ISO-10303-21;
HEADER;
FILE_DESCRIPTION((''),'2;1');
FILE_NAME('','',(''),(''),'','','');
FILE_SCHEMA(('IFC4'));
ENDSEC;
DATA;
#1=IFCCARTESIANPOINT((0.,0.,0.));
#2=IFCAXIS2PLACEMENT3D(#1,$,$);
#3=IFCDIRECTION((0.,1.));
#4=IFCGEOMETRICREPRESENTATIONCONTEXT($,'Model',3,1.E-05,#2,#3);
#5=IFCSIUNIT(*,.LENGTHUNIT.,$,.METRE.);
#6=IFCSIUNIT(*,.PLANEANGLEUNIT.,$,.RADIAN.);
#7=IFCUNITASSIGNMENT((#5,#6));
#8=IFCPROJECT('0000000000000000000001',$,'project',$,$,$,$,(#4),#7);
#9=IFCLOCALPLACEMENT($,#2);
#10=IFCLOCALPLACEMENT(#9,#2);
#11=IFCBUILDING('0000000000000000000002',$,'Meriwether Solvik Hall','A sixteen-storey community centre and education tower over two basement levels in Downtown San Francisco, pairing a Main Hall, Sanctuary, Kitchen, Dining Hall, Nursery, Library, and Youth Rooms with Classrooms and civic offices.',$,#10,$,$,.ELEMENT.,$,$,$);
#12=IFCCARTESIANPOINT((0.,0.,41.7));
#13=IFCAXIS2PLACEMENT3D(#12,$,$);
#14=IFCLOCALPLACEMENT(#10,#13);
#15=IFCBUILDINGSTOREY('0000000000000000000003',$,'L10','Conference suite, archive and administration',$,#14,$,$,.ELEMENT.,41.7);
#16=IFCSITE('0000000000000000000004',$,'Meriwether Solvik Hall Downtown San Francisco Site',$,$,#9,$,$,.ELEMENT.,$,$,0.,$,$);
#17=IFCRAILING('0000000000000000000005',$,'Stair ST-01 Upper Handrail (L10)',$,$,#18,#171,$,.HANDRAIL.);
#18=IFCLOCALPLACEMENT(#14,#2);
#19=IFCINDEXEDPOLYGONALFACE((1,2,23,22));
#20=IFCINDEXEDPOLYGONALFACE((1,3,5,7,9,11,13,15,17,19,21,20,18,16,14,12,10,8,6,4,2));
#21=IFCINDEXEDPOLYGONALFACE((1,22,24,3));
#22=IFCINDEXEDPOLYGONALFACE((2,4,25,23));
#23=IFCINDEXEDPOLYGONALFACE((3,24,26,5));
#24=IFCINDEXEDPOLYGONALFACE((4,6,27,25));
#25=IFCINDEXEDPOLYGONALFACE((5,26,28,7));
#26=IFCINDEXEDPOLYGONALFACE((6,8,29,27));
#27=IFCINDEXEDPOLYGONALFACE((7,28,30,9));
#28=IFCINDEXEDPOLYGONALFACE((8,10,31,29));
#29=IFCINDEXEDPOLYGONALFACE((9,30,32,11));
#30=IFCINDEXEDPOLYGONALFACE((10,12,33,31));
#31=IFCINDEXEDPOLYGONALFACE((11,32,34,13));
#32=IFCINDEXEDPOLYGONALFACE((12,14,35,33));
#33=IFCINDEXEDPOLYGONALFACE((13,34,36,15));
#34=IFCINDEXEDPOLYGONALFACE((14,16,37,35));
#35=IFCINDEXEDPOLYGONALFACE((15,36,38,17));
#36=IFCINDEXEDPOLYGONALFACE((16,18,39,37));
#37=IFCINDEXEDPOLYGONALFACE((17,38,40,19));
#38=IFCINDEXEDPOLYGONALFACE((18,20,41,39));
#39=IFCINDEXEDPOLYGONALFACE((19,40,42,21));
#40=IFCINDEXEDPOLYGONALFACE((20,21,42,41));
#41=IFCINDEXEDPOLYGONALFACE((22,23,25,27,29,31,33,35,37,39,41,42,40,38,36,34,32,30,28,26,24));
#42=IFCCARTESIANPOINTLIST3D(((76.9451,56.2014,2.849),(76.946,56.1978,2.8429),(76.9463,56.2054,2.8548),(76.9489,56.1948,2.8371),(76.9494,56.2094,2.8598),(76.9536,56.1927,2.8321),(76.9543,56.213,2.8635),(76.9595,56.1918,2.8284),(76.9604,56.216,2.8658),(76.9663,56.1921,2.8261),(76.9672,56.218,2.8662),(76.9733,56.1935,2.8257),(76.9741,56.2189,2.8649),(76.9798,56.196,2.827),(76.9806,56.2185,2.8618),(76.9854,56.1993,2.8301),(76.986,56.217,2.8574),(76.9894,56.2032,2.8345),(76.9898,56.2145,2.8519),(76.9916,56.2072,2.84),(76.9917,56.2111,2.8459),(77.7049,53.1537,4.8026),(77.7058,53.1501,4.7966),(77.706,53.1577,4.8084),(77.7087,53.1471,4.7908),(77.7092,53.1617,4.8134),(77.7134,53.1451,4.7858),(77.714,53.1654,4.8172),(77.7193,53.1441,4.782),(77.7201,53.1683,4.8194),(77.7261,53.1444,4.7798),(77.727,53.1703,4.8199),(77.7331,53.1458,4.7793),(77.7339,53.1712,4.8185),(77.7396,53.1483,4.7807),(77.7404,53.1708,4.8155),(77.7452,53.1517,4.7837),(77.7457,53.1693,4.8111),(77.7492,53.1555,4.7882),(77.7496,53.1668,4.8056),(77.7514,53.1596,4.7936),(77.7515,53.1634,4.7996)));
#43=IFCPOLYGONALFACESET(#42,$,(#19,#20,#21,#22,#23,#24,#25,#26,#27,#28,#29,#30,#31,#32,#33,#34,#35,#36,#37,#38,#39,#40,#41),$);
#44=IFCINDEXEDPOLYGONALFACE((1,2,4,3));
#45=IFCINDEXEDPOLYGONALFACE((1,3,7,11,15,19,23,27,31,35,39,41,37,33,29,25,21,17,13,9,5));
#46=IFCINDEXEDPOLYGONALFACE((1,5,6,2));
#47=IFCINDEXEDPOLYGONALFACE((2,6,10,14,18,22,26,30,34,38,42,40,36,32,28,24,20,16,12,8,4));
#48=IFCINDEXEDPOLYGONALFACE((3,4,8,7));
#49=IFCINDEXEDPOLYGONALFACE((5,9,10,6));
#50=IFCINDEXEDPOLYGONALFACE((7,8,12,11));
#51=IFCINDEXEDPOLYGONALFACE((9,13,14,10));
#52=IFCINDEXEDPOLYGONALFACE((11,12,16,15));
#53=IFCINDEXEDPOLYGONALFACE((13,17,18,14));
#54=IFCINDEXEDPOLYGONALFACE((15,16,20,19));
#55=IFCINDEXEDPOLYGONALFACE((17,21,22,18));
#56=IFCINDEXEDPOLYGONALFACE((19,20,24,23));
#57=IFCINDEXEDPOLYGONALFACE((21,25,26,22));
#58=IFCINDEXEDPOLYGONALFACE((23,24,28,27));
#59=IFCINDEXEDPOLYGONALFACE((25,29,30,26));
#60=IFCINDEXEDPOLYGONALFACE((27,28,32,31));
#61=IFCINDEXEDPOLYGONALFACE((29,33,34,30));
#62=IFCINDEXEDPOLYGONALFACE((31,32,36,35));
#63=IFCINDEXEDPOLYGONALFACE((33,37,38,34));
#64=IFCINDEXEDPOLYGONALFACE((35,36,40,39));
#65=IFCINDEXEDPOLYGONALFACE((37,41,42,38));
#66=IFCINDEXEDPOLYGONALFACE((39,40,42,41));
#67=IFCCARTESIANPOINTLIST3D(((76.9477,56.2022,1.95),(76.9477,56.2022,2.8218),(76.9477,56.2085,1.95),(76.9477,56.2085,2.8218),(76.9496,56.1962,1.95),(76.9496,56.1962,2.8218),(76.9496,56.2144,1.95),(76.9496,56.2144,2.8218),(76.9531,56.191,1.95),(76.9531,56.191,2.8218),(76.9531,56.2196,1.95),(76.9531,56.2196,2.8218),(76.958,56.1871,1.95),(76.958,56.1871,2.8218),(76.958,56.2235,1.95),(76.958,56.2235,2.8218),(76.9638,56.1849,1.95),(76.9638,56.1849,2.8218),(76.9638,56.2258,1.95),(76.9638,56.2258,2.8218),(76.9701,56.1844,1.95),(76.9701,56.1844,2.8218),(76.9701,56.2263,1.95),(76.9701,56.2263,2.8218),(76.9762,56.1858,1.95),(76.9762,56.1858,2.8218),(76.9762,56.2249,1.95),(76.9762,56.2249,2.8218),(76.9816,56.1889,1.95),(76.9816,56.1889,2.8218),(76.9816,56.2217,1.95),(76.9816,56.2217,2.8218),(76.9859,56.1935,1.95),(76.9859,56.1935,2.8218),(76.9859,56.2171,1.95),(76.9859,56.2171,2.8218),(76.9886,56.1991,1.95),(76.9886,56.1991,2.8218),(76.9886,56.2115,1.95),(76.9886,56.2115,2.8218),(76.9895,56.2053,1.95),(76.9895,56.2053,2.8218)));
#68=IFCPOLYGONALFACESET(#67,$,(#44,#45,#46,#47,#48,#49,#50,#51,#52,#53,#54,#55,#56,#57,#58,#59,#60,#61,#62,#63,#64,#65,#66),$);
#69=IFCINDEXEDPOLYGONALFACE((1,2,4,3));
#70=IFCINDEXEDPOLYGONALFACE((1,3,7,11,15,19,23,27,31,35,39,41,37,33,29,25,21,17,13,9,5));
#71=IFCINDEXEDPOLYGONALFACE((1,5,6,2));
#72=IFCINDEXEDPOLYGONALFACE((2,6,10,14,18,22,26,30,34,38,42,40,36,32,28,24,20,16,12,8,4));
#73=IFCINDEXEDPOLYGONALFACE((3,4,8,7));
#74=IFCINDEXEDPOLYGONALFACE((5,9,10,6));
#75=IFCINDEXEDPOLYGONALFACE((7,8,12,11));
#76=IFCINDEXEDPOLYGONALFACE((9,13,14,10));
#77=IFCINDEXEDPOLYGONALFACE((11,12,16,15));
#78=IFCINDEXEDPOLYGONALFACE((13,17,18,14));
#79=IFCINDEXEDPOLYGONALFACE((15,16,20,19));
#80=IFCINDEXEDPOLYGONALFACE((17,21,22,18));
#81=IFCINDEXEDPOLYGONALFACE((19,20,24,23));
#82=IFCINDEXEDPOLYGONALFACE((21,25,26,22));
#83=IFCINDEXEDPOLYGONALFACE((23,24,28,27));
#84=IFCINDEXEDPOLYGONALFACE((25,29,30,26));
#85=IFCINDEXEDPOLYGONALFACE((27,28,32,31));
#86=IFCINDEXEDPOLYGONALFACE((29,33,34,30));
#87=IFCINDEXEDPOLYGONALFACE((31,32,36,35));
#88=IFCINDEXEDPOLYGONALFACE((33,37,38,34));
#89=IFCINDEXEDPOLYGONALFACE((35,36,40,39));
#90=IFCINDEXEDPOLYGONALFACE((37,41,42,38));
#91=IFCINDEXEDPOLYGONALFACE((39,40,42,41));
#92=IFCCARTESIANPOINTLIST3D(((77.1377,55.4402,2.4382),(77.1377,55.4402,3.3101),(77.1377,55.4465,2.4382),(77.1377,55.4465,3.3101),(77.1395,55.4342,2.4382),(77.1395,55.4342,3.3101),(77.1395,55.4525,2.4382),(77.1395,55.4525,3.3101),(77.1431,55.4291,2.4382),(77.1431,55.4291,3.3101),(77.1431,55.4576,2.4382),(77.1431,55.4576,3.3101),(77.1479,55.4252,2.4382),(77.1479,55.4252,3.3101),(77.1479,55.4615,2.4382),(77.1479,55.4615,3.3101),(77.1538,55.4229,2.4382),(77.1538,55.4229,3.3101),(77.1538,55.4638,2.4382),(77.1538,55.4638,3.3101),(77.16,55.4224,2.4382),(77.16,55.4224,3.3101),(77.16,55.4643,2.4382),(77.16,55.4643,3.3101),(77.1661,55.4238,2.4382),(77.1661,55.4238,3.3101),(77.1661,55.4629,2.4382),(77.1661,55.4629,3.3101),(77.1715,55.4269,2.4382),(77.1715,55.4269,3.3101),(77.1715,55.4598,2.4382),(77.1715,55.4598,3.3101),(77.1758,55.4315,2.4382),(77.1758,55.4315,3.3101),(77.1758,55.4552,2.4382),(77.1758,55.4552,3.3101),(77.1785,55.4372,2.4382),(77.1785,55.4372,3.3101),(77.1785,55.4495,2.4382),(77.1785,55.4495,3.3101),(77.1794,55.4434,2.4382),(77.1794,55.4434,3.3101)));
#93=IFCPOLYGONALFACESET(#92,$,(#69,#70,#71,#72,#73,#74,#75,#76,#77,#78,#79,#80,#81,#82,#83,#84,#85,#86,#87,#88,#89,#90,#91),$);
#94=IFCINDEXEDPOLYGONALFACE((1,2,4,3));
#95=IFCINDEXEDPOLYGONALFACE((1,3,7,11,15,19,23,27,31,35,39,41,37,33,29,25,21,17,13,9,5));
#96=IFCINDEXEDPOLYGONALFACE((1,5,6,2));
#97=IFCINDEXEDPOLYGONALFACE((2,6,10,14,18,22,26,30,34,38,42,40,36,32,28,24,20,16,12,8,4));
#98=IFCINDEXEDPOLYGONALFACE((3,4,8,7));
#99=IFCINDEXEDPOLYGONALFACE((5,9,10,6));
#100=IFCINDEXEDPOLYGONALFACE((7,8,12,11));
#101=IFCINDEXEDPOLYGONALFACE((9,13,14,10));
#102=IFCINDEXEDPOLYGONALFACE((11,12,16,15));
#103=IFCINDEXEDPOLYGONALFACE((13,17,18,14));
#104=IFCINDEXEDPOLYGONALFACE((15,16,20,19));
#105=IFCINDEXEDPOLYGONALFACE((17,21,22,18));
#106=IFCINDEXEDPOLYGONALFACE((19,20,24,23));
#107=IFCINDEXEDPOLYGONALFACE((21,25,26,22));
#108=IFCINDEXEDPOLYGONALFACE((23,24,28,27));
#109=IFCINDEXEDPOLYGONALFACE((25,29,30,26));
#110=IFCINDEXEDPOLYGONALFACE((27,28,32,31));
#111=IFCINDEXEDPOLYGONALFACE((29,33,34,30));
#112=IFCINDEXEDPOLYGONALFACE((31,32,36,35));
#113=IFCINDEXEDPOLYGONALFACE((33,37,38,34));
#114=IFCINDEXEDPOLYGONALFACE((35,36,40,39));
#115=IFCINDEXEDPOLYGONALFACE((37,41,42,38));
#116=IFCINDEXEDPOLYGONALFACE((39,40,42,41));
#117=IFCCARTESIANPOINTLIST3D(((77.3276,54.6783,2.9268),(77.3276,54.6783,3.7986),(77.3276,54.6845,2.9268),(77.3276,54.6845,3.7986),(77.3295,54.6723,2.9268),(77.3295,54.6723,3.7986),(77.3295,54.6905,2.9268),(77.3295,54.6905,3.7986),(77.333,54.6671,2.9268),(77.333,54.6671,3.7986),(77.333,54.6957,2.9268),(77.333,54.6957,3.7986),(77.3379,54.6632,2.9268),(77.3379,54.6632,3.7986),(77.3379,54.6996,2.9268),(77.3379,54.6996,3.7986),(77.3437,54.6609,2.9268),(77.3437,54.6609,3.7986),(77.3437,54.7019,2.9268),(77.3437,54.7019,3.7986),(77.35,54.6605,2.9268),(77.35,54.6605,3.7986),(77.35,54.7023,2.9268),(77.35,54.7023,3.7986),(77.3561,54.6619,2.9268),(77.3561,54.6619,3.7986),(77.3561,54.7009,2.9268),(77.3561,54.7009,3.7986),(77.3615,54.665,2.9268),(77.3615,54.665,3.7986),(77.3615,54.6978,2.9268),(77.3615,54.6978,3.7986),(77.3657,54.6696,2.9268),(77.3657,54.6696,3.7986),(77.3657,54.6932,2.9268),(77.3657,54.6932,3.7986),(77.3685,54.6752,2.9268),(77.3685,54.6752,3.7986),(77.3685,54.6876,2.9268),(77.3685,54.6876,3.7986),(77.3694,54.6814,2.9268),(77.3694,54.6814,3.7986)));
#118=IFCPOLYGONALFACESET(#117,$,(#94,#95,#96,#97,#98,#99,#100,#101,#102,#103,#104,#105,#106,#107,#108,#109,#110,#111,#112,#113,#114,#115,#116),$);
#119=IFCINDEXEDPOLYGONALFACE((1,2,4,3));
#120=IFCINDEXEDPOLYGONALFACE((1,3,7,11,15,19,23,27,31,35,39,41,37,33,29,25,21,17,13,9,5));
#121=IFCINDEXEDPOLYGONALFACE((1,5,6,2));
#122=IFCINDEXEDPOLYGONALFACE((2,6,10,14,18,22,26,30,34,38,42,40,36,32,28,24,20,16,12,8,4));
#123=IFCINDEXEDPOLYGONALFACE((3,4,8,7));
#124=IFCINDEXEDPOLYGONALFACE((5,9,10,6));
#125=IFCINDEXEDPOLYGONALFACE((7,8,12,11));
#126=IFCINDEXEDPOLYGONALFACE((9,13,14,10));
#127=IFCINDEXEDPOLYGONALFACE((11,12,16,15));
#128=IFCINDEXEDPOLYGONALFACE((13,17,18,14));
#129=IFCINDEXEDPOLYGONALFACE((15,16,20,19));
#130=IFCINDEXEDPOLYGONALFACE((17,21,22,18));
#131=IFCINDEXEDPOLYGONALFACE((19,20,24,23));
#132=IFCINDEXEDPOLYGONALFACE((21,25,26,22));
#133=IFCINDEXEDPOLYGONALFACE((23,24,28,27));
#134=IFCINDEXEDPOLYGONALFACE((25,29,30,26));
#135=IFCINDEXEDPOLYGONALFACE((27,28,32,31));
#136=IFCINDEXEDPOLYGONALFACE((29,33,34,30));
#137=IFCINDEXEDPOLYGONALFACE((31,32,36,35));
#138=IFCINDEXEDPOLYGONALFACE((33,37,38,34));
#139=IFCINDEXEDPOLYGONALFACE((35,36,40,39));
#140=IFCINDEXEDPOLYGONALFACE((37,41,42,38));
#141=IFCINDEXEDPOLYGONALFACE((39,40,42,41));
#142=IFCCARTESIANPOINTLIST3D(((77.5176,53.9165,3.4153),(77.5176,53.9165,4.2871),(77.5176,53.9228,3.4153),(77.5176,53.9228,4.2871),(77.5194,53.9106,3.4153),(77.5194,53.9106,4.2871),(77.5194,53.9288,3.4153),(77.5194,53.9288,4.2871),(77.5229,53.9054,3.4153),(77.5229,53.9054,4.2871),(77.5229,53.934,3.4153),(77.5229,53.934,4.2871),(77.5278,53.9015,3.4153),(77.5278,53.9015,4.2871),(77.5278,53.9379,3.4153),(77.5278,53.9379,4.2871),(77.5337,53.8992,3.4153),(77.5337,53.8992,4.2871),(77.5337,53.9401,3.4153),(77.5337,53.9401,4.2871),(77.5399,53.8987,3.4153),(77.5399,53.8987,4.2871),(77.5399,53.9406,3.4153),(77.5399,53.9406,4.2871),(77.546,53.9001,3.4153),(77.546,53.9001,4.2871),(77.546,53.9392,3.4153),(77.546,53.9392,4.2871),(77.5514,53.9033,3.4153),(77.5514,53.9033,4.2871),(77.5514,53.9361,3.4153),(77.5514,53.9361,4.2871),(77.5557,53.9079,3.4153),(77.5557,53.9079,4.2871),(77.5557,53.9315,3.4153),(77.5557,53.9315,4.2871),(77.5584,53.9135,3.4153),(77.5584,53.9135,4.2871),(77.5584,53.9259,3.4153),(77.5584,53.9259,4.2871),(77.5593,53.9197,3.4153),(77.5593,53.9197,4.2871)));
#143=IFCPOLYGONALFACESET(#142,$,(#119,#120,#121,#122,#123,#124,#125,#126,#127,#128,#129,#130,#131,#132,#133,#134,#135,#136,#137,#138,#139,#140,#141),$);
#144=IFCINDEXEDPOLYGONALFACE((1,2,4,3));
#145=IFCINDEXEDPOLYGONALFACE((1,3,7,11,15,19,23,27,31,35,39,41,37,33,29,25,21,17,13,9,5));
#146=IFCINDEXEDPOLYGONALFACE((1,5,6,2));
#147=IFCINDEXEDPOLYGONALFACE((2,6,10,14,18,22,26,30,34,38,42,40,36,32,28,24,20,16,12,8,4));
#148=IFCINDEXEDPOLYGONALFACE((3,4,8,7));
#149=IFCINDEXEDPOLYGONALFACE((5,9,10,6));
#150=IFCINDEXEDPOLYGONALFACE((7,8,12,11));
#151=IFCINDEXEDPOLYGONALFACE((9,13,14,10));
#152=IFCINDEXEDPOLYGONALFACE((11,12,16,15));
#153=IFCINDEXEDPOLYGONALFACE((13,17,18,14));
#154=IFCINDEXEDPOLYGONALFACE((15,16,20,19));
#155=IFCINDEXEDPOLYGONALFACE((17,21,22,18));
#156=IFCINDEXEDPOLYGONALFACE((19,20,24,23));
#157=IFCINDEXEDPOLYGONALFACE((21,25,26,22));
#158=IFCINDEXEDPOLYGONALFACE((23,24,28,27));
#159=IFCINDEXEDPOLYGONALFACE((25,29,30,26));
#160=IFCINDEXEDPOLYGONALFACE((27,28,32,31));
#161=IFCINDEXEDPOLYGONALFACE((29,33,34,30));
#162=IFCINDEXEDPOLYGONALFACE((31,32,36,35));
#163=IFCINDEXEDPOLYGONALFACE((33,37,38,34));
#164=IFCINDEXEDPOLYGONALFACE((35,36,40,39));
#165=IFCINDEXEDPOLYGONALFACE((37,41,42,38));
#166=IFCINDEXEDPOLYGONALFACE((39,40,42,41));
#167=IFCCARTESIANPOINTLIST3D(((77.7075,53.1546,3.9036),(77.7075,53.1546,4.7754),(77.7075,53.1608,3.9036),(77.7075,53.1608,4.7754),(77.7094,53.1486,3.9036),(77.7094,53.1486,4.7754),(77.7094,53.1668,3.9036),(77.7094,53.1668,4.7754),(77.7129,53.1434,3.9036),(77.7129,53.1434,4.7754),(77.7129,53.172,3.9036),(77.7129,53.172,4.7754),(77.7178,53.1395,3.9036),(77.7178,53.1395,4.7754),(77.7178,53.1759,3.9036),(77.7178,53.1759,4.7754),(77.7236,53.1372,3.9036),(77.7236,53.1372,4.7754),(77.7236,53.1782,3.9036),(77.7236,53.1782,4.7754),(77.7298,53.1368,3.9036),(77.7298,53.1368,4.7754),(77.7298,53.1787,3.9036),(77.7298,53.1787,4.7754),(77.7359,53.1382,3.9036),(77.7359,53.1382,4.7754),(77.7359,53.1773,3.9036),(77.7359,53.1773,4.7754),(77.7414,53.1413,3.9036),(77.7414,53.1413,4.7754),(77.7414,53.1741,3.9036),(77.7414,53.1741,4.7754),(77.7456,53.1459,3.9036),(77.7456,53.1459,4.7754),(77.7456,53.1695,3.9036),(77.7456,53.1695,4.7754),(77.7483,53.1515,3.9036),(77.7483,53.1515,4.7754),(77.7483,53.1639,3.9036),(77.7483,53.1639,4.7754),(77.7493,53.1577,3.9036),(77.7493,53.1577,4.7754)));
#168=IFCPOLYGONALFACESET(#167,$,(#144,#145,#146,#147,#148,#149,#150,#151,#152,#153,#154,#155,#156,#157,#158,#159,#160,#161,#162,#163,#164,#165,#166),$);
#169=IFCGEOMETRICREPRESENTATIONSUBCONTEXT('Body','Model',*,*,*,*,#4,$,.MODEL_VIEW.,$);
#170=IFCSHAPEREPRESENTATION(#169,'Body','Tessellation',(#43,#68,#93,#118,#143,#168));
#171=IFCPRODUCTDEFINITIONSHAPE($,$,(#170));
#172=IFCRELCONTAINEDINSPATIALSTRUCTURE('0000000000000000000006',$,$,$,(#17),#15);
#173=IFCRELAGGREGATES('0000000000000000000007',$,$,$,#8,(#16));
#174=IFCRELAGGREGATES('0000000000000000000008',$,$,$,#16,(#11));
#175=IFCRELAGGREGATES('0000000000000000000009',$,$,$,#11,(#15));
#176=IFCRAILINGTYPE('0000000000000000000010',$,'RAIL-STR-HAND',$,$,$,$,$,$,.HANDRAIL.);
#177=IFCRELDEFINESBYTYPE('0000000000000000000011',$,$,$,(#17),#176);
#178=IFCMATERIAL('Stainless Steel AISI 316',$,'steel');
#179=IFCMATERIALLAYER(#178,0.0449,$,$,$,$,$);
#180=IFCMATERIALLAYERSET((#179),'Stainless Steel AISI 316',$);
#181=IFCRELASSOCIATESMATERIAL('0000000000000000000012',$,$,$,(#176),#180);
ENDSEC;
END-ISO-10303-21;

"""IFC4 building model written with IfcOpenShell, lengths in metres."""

from ifc_helpers import new_model, si_unit, direction, frame, origin, origin_2d, place, context, subcontext, project, spatial, circle, extrude, material, layer, layer_set, type_object, element, save


model = new_model("IFC4")

# Units and contexts
model_context = context("Model", 3, precision=1e-05, world=origin(), true_north=direction((0.0, 1.0)))
body_context = subcontext(model_context, "Body", "Model", "MODEL_VIEW")
ifc_project = project(units=[si_unit("LENGTHUNIT", "METRE"), si_unit("PLANEANGLEUNIT", "RADIAN")], contexts=[model_context])

# Site, building, storey
site_placement = place(None, origin())
site = spatial("IfcSite", under=ifc_project, at=site_placement, Name="Meriwether Solvik Hall Downtown San Francisco Site", CompositionType="ELEMENT", RefElevation=0.0)
building_placement = place(site_placement, origin())
building = spatial("IfcBuilding", under=site, at=building_placement, Name="Meriwether Solvik Hall", Description="A sixteen-storey community centre and education tower over two basement levels in Downtown San Francisco, pairing a Main Hall, Sanctuary, Kitchen, Dining Hall, Nursery, Library, and Youth Rooms with Classrooms and civic offices.", CompositionType="ELEMENT")
storey_placement = place(building_placement, frame((0.0, 0.0, 41.7)))
storey = spatial("IfcBuildingStorey", under=building, at=storey_placement, Name="L10", Description="Conference suite, archive and administration", CompositionType="ELEMENT", Elevation=41.7)

# Railing
ifc_material_1 = material(Name="Stainless Steel AISI 316", Category="steel")
ifc_layer_1 = layer(ifc_material_1, 0.0449)
ifc_layer_set_1 = layer_set([ifc_layer_1], Name="Stainless Steel AISI 316")
railing_type_1 = type_object("IfcRailingType", Name="RAIL-STR-HAND", PredefinedType="HANDRAIL", material=ifc_layer_set_1)
railing_1_placement = place(storey_placement, frame((76.9685, 56.2053, 1.95)))
element("IfcRailing", 1, at=railing_1_placement, inside=storey, type_object=railing_type_1, Name="Stair ST-01 Upper Handrail (L10)", PredefinedType="HANDRAIL", context=body_context, shape_type="SweptSolid", body=[
    extrude(circle(Radius=0.0239, at=origin_2d()), frame((0.0, 0.0, 0.896), z_axis=(0.205404, -0.823926, 0.528163), x_axis=(0.970302, 0.241895, 0.0)), (0.0, 0.0, 1.0), 3.699),
    extrude(circle(Radius=0.021, at=origin_2d()), origin(), (0.0, 0.0, 1.0), 0.8718),
    extrude(circle(Radius=0.021, at=origin_2d()), frame((0.1899, -0.762, 0.4883)), (0.0, 0.0, 1.0), 0.8718),
    extrude(circle(Radius=0.021, at=origin_2d()), frame((0.3799, -1.5239, 0.9768)), (0.0, 0.0, 1.0), 0.8718),
    extrude(circle(Radius=0.021, at=origin_2d()), frame((0.5698, -2.2856, 1.4653)), (0.0, 0.0, 1.0), 0.8718),
    extrude(circle(Radius=0.021, at=origin_2d()), frame((0.7598, -3.0476, 1.9536)), (0.0, 0.0, 1.0), 0.8718),
])

save(model, "model.ifc")
